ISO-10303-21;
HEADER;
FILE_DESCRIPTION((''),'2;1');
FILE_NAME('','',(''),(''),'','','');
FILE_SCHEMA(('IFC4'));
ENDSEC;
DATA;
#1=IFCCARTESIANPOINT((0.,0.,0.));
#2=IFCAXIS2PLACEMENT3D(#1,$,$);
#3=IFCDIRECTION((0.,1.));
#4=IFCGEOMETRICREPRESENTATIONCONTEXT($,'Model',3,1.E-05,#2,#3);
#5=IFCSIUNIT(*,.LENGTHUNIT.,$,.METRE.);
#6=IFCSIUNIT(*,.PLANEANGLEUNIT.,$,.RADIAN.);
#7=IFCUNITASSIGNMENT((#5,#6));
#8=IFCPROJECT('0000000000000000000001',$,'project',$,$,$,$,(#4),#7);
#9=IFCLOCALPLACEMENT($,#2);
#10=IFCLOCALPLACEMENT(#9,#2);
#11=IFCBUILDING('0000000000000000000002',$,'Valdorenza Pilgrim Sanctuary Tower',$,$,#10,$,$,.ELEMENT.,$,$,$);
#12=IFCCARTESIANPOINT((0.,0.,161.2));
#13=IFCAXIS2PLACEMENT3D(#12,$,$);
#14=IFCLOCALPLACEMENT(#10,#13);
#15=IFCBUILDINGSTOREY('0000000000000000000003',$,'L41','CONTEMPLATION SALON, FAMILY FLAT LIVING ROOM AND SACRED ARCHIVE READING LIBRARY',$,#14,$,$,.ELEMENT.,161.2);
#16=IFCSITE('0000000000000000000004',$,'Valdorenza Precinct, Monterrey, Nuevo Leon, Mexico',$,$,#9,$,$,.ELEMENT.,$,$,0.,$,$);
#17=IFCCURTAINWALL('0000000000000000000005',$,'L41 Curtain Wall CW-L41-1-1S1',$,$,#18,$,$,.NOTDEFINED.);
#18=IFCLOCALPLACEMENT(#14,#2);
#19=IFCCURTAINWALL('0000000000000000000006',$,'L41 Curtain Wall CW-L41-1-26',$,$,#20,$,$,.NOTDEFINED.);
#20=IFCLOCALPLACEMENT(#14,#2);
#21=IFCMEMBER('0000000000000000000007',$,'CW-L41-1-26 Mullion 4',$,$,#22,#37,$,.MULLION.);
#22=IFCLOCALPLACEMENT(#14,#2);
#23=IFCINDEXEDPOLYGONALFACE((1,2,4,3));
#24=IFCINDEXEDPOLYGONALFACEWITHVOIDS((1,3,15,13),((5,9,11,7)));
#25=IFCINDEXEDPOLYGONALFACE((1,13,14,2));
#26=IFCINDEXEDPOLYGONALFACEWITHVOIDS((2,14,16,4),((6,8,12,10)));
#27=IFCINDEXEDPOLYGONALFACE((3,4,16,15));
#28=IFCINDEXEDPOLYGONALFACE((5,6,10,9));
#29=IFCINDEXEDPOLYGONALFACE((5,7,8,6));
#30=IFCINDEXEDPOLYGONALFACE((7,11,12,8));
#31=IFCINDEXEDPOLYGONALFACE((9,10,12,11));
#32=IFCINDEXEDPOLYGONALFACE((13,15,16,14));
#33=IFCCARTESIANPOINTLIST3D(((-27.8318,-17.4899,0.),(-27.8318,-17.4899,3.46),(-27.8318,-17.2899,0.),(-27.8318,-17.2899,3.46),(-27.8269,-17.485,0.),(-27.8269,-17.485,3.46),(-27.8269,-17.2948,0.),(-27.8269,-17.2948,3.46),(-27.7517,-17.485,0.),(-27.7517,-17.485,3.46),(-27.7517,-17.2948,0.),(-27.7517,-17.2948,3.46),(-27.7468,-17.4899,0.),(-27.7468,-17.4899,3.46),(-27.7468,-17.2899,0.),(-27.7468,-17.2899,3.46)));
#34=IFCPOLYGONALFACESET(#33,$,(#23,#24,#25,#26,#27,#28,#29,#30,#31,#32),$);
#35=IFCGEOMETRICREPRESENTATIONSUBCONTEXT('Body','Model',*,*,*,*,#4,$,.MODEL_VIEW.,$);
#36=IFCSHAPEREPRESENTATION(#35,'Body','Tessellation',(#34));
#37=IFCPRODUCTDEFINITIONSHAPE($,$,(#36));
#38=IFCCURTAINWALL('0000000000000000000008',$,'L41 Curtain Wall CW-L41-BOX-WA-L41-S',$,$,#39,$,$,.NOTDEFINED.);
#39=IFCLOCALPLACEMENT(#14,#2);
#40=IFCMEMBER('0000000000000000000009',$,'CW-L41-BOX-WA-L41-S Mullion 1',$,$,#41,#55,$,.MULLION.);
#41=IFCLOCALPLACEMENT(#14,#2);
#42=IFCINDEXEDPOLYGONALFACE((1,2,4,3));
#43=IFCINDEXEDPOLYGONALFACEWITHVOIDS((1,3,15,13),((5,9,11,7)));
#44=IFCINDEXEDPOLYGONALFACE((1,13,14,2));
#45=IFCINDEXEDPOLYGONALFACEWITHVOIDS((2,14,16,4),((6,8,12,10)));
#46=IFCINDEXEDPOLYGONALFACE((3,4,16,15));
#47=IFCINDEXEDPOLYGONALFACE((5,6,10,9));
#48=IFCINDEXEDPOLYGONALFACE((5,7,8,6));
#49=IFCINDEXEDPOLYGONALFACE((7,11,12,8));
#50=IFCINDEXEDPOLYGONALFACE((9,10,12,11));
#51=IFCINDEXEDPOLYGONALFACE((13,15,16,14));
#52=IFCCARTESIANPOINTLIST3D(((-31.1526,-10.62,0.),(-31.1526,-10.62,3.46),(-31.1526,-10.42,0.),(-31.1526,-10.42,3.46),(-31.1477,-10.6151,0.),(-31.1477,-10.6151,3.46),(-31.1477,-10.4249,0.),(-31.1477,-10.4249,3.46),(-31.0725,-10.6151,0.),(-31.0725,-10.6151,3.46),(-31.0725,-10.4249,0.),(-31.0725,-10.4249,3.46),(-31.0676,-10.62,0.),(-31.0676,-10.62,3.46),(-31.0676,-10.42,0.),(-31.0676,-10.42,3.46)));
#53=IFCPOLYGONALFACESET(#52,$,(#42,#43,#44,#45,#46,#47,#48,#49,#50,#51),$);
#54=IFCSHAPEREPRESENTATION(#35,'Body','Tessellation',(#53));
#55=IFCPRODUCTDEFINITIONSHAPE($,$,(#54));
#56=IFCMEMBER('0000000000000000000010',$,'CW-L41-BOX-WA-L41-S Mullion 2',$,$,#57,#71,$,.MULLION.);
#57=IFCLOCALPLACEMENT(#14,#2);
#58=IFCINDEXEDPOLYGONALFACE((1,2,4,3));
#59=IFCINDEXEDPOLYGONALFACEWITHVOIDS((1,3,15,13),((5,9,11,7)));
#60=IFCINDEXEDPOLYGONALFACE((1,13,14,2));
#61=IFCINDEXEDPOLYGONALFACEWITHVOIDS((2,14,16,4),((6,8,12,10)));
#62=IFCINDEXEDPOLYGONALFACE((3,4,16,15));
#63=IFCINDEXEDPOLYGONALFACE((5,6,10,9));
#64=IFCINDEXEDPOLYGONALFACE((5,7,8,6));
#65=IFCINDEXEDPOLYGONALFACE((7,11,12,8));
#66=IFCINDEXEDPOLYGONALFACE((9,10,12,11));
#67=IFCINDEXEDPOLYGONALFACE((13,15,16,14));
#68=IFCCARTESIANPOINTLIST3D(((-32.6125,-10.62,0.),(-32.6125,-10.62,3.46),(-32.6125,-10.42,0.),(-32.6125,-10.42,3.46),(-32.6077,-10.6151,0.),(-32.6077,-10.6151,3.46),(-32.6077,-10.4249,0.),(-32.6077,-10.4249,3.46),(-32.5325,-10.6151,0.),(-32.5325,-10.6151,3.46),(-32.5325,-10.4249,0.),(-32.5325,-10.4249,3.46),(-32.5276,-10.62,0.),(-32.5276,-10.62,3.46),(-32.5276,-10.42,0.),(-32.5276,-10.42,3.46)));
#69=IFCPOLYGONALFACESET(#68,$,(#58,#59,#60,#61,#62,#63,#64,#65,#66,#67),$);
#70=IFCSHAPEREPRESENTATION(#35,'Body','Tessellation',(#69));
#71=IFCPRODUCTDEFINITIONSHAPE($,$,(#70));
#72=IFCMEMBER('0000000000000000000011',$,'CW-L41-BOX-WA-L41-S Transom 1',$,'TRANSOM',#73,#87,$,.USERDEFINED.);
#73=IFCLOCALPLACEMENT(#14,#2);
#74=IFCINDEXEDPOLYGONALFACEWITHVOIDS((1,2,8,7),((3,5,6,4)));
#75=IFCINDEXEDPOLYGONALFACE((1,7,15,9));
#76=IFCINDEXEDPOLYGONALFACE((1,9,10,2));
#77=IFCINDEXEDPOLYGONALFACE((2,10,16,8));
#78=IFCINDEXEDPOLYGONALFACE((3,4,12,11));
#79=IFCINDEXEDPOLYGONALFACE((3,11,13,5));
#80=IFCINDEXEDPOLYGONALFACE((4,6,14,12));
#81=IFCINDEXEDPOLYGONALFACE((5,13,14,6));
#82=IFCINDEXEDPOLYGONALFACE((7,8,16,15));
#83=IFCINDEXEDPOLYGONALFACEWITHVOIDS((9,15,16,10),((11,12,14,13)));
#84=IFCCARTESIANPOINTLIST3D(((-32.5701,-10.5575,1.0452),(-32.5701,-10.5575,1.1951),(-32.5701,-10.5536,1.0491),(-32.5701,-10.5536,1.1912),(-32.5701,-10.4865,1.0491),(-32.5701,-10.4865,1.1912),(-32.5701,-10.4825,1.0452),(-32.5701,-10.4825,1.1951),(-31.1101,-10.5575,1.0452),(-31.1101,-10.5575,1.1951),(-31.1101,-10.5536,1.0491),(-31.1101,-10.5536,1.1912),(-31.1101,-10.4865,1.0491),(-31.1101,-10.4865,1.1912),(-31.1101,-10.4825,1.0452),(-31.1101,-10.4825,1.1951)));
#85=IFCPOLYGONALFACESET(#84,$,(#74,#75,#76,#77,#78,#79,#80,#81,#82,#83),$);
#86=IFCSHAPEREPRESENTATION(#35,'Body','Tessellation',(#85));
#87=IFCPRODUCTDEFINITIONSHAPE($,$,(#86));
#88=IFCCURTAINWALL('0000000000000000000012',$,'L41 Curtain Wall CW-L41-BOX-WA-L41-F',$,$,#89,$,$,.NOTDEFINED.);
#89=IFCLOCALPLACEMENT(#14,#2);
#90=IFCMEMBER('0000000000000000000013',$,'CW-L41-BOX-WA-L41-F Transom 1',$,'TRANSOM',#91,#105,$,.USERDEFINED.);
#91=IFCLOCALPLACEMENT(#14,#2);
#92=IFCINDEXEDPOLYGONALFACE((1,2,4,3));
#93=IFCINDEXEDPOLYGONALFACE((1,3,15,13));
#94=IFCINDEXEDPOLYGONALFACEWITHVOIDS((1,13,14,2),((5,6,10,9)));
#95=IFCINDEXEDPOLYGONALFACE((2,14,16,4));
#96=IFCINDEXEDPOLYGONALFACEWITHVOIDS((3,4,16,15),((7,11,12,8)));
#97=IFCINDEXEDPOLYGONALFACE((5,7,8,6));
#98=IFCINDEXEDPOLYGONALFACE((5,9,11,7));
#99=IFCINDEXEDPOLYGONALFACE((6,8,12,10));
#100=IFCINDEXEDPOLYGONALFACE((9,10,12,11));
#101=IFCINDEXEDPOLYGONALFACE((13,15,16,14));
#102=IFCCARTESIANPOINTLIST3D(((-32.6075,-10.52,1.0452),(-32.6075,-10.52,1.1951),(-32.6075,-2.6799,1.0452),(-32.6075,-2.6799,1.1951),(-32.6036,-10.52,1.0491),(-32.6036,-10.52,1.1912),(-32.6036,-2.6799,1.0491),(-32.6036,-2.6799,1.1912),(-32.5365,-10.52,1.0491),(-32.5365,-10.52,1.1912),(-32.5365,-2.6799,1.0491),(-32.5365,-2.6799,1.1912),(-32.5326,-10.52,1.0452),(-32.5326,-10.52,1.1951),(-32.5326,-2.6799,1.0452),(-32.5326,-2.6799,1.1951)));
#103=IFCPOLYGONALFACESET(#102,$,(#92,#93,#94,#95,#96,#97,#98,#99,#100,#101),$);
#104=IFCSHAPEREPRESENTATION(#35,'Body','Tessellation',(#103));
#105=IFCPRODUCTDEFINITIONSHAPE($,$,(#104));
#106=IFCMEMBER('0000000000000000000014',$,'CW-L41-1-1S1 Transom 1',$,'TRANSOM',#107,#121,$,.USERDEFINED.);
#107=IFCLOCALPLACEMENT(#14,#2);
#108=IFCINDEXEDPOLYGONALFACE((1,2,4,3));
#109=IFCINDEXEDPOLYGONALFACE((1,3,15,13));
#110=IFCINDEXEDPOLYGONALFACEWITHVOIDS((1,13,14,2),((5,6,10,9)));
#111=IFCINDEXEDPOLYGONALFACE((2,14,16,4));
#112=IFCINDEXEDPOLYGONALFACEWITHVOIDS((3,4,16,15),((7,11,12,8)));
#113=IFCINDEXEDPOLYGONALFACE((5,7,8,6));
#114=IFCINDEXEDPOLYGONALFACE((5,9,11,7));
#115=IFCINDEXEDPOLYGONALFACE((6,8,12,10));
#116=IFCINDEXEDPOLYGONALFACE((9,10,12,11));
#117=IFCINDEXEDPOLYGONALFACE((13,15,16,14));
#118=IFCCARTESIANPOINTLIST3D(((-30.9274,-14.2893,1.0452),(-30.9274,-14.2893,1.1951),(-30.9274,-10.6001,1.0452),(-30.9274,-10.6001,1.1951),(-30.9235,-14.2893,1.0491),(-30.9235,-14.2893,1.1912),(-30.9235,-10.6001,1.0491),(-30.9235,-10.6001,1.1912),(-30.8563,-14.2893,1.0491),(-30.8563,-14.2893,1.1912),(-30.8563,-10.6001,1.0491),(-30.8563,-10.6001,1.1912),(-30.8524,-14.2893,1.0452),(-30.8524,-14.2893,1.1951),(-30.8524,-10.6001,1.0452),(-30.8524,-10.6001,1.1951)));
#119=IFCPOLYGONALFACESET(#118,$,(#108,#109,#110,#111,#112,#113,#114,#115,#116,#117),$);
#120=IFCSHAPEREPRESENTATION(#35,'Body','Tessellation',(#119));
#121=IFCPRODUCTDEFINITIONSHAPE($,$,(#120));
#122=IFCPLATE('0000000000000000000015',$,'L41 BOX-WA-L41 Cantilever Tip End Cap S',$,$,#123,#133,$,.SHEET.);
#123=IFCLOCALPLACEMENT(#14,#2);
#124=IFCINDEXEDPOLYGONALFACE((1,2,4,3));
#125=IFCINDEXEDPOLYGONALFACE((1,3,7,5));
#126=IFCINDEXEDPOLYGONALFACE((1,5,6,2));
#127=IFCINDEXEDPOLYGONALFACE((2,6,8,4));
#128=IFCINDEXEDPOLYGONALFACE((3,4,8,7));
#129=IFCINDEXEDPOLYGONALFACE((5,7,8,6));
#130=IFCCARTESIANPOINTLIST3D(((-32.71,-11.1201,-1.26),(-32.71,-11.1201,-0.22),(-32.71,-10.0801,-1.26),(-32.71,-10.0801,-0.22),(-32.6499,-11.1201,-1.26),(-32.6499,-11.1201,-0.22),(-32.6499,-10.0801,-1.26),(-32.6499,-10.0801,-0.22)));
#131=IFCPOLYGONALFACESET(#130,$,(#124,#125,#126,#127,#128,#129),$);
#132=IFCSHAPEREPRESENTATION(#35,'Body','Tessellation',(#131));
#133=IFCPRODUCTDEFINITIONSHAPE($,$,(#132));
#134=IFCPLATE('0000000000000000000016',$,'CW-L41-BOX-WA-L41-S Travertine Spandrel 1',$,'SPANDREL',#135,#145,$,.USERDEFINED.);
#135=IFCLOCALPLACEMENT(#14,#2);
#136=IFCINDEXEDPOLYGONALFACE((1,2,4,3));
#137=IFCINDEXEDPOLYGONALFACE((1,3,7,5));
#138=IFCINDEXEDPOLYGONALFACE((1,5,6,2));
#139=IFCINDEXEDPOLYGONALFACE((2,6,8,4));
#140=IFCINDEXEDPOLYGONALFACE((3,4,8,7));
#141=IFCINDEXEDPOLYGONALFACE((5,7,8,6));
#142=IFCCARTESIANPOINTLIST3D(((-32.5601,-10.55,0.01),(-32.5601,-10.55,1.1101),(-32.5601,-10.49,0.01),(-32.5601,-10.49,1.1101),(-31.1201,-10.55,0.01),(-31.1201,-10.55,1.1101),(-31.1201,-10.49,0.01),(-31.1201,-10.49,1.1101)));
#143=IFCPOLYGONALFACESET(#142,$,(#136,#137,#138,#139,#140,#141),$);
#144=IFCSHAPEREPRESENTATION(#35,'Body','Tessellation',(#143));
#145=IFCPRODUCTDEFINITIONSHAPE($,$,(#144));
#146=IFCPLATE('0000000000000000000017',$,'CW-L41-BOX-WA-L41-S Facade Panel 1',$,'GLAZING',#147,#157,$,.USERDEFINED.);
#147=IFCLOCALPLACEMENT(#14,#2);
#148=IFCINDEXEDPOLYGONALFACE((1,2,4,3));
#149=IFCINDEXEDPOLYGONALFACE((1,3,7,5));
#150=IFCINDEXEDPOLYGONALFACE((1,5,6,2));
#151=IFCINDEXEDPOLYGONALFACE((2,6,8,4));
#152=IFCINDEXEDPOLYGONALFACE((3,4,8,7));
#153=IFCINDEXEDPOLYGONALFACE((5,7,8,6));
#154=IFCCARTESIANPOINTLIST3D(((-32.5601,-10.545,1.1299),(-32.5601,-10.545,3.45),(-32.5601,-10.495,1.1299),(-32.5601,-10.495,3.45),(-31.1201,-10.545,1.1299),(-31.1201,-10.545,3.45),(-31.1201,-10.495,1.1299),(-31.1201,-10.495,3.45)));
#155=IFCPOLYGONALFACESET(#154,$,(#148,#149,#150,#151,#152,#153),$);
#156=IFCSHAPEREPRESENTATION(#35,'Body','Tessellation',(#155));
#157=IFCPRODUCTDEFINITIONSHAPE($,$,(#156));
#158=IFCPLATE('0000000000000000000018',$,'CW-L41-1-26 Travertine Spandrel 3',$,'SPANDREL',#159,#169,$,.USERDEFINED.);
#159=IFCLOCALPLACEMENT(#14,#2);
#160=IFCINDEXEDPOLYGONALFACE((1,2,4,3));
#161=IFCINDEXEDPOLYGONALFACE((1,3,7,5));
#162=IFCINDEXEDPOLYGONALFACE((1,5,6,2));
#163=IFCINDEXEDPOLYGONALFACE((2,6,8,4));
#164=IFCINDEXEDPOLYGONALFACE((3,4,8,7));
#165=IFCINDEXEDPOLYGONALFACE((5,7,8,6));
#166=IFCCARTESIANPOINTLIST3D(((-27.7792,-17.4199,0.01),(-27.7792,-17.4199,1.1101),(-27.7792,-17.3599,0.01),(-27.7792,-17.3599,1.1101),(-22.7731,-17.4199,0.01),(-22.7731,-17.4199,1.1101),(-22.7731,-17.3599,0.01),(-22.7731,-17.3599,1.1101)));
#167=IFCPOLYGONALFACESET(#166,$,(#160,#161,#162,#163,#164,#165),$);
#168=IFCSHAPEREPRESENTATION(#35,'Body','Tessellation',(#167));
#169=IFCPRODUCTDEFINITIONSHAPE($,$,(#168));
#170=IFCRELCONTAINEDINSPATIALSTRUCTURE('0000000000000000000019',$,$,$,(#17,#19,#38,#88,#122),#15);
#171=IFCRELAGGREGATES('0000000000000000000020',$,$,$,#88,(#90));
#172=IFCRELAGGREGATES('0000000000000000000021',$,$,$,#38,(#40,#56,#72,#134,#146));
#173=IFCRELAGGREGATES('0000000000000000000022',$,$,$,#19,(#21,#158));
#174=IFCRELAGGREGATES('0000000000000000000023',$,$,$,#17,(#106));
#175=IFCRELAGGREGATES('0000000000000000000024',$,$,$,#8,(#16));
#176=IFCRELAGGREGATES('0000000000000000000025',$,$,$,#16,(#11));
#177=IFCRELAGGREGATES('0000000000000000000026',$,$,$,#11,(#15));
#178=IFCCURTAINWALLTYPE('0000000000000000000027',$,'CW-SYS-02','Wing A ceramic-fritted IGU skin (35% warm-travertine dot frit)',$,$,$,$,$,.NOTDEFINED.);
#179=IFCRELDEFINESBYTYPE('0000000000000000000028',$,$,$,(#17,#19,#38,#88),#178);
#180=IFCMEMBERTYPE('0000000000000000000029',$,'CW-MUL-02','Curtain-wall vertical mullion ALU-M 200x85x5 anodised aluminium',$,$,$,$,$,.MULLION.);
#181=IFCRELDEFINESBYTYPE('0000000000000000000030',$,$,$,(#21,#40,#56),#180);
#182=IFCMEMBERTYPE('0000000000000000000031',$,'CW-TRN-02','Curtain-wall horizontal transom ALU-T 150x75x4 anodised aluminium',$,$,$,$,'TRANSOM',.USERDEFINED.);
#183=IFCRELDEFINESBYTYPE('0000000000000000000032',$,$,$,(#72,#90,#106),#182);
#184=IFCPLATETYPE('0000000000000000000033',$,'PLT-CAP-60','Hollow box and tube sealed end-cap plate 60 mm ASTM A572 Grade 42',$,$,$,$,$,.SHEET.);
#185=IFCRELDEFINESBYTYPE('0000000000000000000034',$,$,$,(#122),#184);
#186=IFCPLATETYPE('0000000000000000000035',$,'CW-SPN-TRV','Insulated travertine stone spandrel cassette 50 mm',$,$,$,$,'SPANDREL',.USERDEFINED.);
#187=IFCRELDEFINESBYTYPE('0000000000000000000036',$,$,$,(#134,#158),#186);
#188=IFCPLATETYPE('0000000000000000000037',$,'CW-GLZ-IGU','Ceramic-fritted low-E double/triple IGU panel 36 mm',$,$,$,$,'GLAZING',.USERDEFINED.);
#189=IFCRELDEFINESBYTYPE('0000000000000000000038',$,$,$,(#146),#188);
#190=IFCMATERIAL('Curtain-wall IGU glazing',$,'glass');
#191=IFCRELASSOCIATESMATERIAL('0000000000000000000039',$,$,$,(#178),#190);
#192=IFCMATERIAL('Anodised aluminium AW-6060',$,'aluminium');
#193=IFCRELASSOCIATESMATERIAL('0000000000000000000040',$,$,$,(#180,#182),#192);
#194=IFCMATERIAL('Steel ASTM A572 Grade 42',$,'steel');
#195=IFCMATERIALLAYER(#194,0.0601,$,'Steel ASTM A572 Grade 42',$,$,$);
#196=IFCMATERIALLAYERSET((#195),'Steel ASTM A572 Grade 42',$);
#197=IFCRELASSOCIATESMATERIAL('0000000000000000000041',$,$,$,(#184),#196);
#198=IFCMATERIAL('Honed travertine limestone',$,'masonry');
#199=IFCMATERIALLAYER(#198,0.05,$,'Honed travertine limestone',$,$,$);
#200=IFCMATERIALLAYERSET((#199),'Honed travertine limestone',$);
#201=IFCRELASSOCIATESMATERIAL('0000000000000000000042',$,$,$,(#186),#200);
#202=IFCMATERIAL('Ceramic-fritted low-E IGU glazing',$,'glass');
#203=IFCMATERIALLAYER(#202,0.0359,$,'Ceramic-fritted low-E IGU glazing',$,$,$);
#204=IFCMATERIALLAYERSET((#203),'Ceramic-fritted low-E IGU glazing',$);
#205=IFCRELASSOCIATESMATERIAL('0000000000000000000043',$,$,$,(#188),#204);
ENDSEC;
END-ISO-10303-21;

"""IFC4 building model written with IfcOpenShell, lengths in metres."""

from ifc_helpers import new_model, si_unit, direction, frame, origin, origin_2d, place, context, subcontext, project, spatial, rectangle, hollow_rectangle, extrude, source, transform, mapped, material, layer, layer_set, material_profile, profile_set, type_object, element, aggregate, save


model = new_model("IFC4")

# Units and contexts
model_context = context("Model", 3, precision=1e-05, world=origin(), true_north=direction((0.0, 1.0)))
body_context = subcontext(model_context, "Body", "Model", "MODEL_VIEW")
ifc_project = project(units=[si_unit("LENGTHUNIT", "METRE"), si_unit("PLANEANGLEUNIT", "RADIAN")], contexts=[model_context])

# Site, building, storey
site_placement = place(None, origin())
site = spatial("IfcSite", under=ifc_project, at=site_placement, Name="Valdorenza Precinct, Monterrey, Nuevo Leon, Mexico", CompositionType="ELEMENT", RefElevation=0.0)
building_placement = place(site_placement, origin())
building = spatial("IfcBuilding", under=site, at=building_placement, Name="Valdorenza Pilgrim Sanctuary Tower", CompositionType="ELEMENT")
storey_placement = place(building_placement, frame((0.0, 0.0, 161.2)))
storey = spatial("IfcBuildingStorey", under=building, at=storey_placement, Name="L41", Description="CONTEMPLATION SALON, FAMILY FLAT LIVING ROOM AND SACRED ARCHIVE READING LIBRARY", CompositionType="ELEMENT", Elevation=161.2)

# Shared definitions
ifc_material_1 = material(Name="Steel ASTM A572 Grade 42", Category="steel")

# Curtain wall
ifc_material_2 = material(Name="Curtain-wall IGU glazing", Category="glass")
curtain_wall_type = type_object("IfcCurtainWallType", Name="CW-SYS-02", Description="Wing A ceramic-fritted IGU skin (35% warm-travertine dot frit)", PredefinedType="NOTDEFINED", material=ifc_material_2)
curtain_wall_1_placement = place(storey_placement, origin())
curtain_wall_1 = element("IfcCurtainWall", 1, at=curtain_wall_1_placement, inside=storey, type_object=curtain_wall_type, Name="L41 Curtain Wall CW-L41-1-1S1", PredefinedType="NOTDEFINED")
ifc_material_3 = material(Name="Anodised aluminium AW-6060", Category="aluminium")
ifc_material_profile_1 = material_profile(ifc_material_3, hollow_rectangle(XDim=0.085, YDim=0.2, WallThickness=0.0049, at=origin_2d()), Name="ALU-M 200x85x5")
ifc_profile_set_1 = profile_set([ifc_material_profile_1], Name="Anodised aluminium AW-6060")
member_type_1 = type_object("IfcMemberType", Name="CW-MUL-02", Description="Curtain-wall vertical mullion ALU-M 200x85x5 anodised aluminium", PredefinedType="MULLION", material=ifc_profile_set_1)
shared_shape_1 = source(origin(), body_context, "Body", "SweptSolid", [
    extrude(hollow_rectangle(XDim=0.085, YDim=0.2, WallThickness=0.0049, at=origin_2d()), origin(), (0.0, 0.0, 1.0), 3.46),
])

# Curtain wall, member
curtain_wall_2_placement = place(storey_placement, origin())
curtain_wall_2 = element("IfcCurtainWall", 2, at=curtain_wall_2_placement, inside=storey, type_object=curtain_wall_type, Name="L41 Curtain Wall CW-L41-1-26", PredefinedType="NOTDEFINED")
member_1_placement = place(storey_placement, frame((-27.7893, -17.3899, 0.0), z_axis=(0.0, 0.0, 1.0), x_axis=(-1.0, 0.0, 0.0)))
member_1 = element("IfcMember", 3, at=member_1_placement, type_object=member_type_1, Name="CW-L41-1-26 Mullion 4", PredefinedType="MULLION", context=body_context, shape_type="MappedRepresentation", body=[
    mapped(shared_shape_1, transform((0.0, 0.0, 0.0), x_axis=(1.0, 0.0, 0.0), y_axis=(0.0, 1.0, 0.0), z_axis=(0.0, 0.0, 1.0), scale=1.0)),
])

# Curtain wall, members
curtain_wall_3_placement = place(storey_placement, origin())
curtain_wall_3 = element("IfcCurtainWall", 4, at=curtain_wall_3_placement, inside=storey, type_object=curtain_wall_type, Name="L41 Curtain Wall CW-L41-BOX-WA-L41-S", PredefinedType="NOTDEFINED")
member_2_placement = place(storey_placement, frame((-31.1101, -10.52, 0.0), z_axis=(0.0, 0.0, 1.0), x_axis=(-1.0, 0.0, 0.0)))
member_2 = element("IfcMember", 5, at=member_2_placement, type_object=member_type_1, Name="CW-L41-BOX-WA-L41-S Mullion 1", PredefinedType="MULLION", context=body_context, shape_type="MappedRepresentation", body=[
    mapped(shared_shape_1, transform((0.0, 0.0, 0.0), x_axis=(1.0, 0.0, 0.0), y_axis=(0.0, 1.0, 0.0), z_axis=(0.0, 0.0, 1.0), scale=1.0)),
])
member_3_placement = place(storey_placement, frame((-32.5701, -10.52, 0.0), z_axis=(0.0, 0.0, 1.0), x_axis=(-1.0, 0.0, 0.0)))
member_3 = element("IfcMember", 6, at=member_3_placement, type_object=member_type_1, Name="CW-L41-BOX-WA-L41-S Mullion 2", PredefinedType="MULLION", context=body_context, shape_type="MappedRepresentation", body=[
    mapped(shared_shape_1, transform((0.0, 0.0, 0.0), x_axis=(1.0, 0.0, 0.0), y_axis=(0.0, 1.0, 0.0), z_axis=(0.0, 0.0, 1.0), scale=1.0)),
])
ifc_material_profile_2 = material_profile(ifc_material_3, hollow_rectangle(XDim=0.075, YDim=0.1499, WallThickness=0.0039, at=origin_2d()), Name="ALU-T 150x75x4")
ifc_profile_set_2 = profile_set([ifc_material_profile_2], Name="Anodised aluminium AW-6060")
member_type_2 = type_object("IfcMemberType", Name="CW-TRN-02", Description="Curtain-wall horizontal transom ALU-T 150x75x4 anodised aluminium", ElementType="TRANSOM", PredefinedType="USERDEFINED", material=ifc_profile_set_2)
shared_shape_2 = source(origin(), body_context, "Body", "SweptSolid", [
    extrude(hollow_rectangle(XDim=0.075, YDim=0.1499, WallThickness=0.0039, at=origin_2d()), origin(), (0.0, 0.0, 1.0), 1.46),
])
member_4_placement = place(storey_placement, frame((-31.1101, -10.52, 1.1201), z_axis=(-1.0, 0.0, 0.0), x_axis=(0.0, -1.0, 0.0)))
member_4 = element("IfcMember", 7, at=member_4_placement, type_object=member_type_2, Name="CW-L41-BOX-WA-L41-S Transom 1", ObjectType="TRANSOM", PredefinedType="USERDEFINED", context=body_context, shape_type="MappedRepresentation", body=[
    mapped(shared_shape_2, transform((0.0, 0.0, 0.0), x_axis=(1.0, 0.0, 0.0), y_axis=(0.0, 1.0, 0.0), z_axis=(0.0, 0.0, 1.0), scale=1.0)),
])

# Curtain wall, member
curtain_wall_4_placement = place(storey_placement, origin())
curtain_wall_4 = element("IfcCurtainWall", 8, at=curtain_wall_4_placement, inside=storey, type_object=curtain_wall_type, Name="L41 Curtain Wall CW-L41-BOX-WA-L41-F", PredefinedType="NOTDEFINED")
shared_shape_3 = source(origin(), body_context, "Body", "SweptSolid", [
    extrude(hollow_rectangle(XDim=0.075, YDim=0.1499, WallThickness=0.0039, at=origin_2d()), origin(), (0.0, 0.0, 1.0), 7.8401),
])
member_5_placement = place(storey_placement, frame((-32.5701, -10.52, 1.1201), z_axis=(0.0, 1.0, 0.0), x_axis=(-1.0, 0.0, 0.0)))
member_5 = element("IfcMember", 9, at=member_5_placement, type_object=member_type_2, Name="CW-L41-BOX-WA-L41-F Transom 1", ObjectType="TRANSOM", PredefinedType="USERDEFINED", context=body_context, shape_type="MappedRepresentation", body=[
    mapped(shared_shape_3, transform((0.0, 0.0, 0.0), x_axis=(1.0, 0.0, 0.0), y_axis=(0.0, 1.0, 0.0), z_axis=(0.0, 0.0, 1.0), scale=1.0)),
])
aggregate(curtain_wall_4, [member_5])

# Member
shared_shape_4 = source(origin(), body_context, "Body", "SweptSolid", [
    extrude(hollow_rectangle(XDim=0.075, YDim=0.1499, WallThickness=0.0039, at=origin_2d()), origin(), (0.0, 0.0, 1.0), 3.6892),
])
member_6_placement = place(storey_placement, frame((-30.8899, -14.2893, 1.1201), z_axis=(0.0, 1.0, 0.0), x_axis=(-1.0, 0.0, 0.0)))
member_6 = element("IfcMember", 10, at=member_6_placement, type_object=member_type_2, Name="CW-L41-1-1S1 Transom 1", ObjectType="TRANSOM", PredefinedType="USERDEFINED", context=body_context, shape_type="MappedRepresentation", body=[
    mapped(shared_shape_4, transform((0.0, 0.0, 0.0), x_axis=(1.0, 0.0, 0.0), y_axis=(0.0, 1.0, 0.0), z_axis=(0.0, 0.0, 1.0), scale=1.0)),
])

# Plates
ifc_layer_1 = layer(ifc_material_1, 0.0601, Name="Steel ASTM A572 Grade 42")
ifc_layer_set_1 = layer_set([ifc_layer_1], Name="Steel ASTM A572 Grade 42")
plate_type_1 = type_object("IfcPlateType", Name="PLT-CAP-60", Description="Hollow box and tube sealed end-cap plate 60 mm ASTM A572 Grade 42", PredefinedType="SHEET", material=ifc_layer_set_1)
shared_shape_5 = source(origin(), body_context, "Body", "SweptSolid", [
    extrude(rectangle(XDim=0.0601, YDim=1.04, at=origin_2d()), origin(), (0.0, 0.0, 1.0), 1.04),
])
plate_1_placement = place(storey_placement, frame((-32.6799, -10.6001, -1.26), z_axis=(0.0, 0.0, 1.0), x_axis=(1.0, 0.0, 0.0)))
element("IfcPlate", 11, at=plate_1_placement, inside=storey, type_object=plate_type_1, Name="L41 BOX-WA-L41 Cantilever Tip End Cap S", PredefinedType="SHEET", context=body_context, shape_type="MappedRepresentation", body=[
    mapped(shared_shape_5, transform((0.0, 0.0, 0.0), x_axis=(1.0, 0.0, 0.0), y_axis=(0.0, 1.0, 0.0), z_axis=(0.0, 0.0, 1.0), scale=1.0)),
])
ifc_material_4 = material(Name="Honed travertine limestone", Category="masonry")
ifc_layer_2 = layer(ifc_material_4, 0.05, Name="Honed travertine limestone")
ifc_layer_set_2 = layer_set([ifc_layer_2], Name="Honed travertine limestone")
plate_type_2 = type_object("IfcPlateType", Name="CW-SPN-TRV", Description="Insulated travertine stone spandrel cassette 50 mm", ElementType="SPANDREL", PredefinedType="USERDEFINED", material=ifc_layer_set_2)
shared_shape_6 = source(origin(), body_context, "Body", "SweptSolid", [
    extrude(rectangle(XDim=1.4399, YDim=0.0601, at=origin_2d()), origin(), (0.0, 0.0, 1.0), 1.1001),
])
plate_2_placement = place(storey_placement, frame((-31.8401, -10.52, 0.01), z_axis=(0.0, 0.0, 1.0), x_axis=(-1.0, 0.0, 0.0)))
plate_2 = element("IfcPlate", 12, at=plate_2_placement, type_object=plate_type_2, Name="CW-L41-BOX-WA-L41-S Travertine Spandrel 1", ObjectType="SPANDREL", PredefinedType="USERDEFINED", context=body_context, shape_type="MappedRepresentation", body=[
    mapped(shared_shape_6, transform((0.0, 0.0, 0.0), x_axis=(1.0, 0.0, 0.0), y_axis=(0.0, 1.0, 0.0), z_axis=(0.0, 0.0, 1.0), scale=1.0)),
])
ifc_material_5 = material(Name="Ceramic-fritted low-E IGU glazing", Category="glass")
ifc_layer_3 = layer(ifc_material_5, 0.0359, Name="Ceramic-fritted low-E IGU glazing")
ifc_layer_set_3 = layer_set([ifc_layer_3], Name="Ceramic-fritted low-E IGU glazing")
plate_type_3 = type_object("IfcPlateType", Name="CW-GLZ-IGU", Description="Ceramic-fritted low-E double/triple IGU panel 36 mm", ElementType="GLAZING", PredefinedType="USERDEFINED", material=ifc_layer_set_3)
shared_shape_7 = source(origin(), body_context, "Body", "SweptSolid", [
    extrude(rectangle(XDim=1.4399, YDim=0.05, at=origin_2d()), origin(), (0.0, 0.0, 1.0), 2.3201),
])
plate_3_placement = place(storey_placement, frame((-31.8401, -10.52, 1.1299), z_axis=(0.0, 0.0, 1.0), x_axis=(-1.0, 0.0, 0.0)))
plate_3 = element("IfcPlate", 13, at=plate_3_placement, type_object=plate_type_3, Name="CW-L41-BOX-WA-L41-S Facade Panel 1", ObjectType="GLAZING", PredefinedType="USERDEFINED", context=body_context, shape_type="MappedRepresentation", body=[
    mapped(shared_shape_7, transform((0.0, 0.0, 0.0), x_axis=(1.0, 0.0, 0.0), y_axis=(0.0, 1.0, 0.0), z_axis=(0.0, 0.0, 1.0), scale=1.0)),
])
aggregate(curtain_wall_3, [member_2, member_3, member_4, plate_2, plate_3])
shared_shape_8 = source(origin(), body_context, "Body", "SweptSolid", [
    extrude(rectangle(XDim=5.0061, YDim=0.0601, at=origin_2d()), origin(), (0.0, 0.0, 1.0), 1.1001),
])
plate_4_placement = place(storey_placement, frame((-25.2761, -17.3899, 0.01), z_axis=(0.0, 0.0, 1.0), x_axis=(-1.0, 0.0, 0.0)))
plate_4 = element("IfcPlate", 14, at=plate_4_placement, type_object=plate_type_2, Name="CW-L41-1-26 Travertine Spandrel 3", ObjectType="SPANDREL", PredefinedType="USERDEFINED", context=body_context, shape_type="MappedRepresentation", body=[
    mapped(shared_shape_8, transform((0.0, 0.0, 0.0), x_axis=(1.0, 0.0, 0.0), y_axis=(0.0, 1.0, 0.0), z_axis=(0.0, 0.0, 1.0), scale=1.0)),
])
aggregate(curtain_wall_2, [member_1, plate_4])
aggregate(curtain_wall_1, [member_6])

save(model, "model.ifc")
